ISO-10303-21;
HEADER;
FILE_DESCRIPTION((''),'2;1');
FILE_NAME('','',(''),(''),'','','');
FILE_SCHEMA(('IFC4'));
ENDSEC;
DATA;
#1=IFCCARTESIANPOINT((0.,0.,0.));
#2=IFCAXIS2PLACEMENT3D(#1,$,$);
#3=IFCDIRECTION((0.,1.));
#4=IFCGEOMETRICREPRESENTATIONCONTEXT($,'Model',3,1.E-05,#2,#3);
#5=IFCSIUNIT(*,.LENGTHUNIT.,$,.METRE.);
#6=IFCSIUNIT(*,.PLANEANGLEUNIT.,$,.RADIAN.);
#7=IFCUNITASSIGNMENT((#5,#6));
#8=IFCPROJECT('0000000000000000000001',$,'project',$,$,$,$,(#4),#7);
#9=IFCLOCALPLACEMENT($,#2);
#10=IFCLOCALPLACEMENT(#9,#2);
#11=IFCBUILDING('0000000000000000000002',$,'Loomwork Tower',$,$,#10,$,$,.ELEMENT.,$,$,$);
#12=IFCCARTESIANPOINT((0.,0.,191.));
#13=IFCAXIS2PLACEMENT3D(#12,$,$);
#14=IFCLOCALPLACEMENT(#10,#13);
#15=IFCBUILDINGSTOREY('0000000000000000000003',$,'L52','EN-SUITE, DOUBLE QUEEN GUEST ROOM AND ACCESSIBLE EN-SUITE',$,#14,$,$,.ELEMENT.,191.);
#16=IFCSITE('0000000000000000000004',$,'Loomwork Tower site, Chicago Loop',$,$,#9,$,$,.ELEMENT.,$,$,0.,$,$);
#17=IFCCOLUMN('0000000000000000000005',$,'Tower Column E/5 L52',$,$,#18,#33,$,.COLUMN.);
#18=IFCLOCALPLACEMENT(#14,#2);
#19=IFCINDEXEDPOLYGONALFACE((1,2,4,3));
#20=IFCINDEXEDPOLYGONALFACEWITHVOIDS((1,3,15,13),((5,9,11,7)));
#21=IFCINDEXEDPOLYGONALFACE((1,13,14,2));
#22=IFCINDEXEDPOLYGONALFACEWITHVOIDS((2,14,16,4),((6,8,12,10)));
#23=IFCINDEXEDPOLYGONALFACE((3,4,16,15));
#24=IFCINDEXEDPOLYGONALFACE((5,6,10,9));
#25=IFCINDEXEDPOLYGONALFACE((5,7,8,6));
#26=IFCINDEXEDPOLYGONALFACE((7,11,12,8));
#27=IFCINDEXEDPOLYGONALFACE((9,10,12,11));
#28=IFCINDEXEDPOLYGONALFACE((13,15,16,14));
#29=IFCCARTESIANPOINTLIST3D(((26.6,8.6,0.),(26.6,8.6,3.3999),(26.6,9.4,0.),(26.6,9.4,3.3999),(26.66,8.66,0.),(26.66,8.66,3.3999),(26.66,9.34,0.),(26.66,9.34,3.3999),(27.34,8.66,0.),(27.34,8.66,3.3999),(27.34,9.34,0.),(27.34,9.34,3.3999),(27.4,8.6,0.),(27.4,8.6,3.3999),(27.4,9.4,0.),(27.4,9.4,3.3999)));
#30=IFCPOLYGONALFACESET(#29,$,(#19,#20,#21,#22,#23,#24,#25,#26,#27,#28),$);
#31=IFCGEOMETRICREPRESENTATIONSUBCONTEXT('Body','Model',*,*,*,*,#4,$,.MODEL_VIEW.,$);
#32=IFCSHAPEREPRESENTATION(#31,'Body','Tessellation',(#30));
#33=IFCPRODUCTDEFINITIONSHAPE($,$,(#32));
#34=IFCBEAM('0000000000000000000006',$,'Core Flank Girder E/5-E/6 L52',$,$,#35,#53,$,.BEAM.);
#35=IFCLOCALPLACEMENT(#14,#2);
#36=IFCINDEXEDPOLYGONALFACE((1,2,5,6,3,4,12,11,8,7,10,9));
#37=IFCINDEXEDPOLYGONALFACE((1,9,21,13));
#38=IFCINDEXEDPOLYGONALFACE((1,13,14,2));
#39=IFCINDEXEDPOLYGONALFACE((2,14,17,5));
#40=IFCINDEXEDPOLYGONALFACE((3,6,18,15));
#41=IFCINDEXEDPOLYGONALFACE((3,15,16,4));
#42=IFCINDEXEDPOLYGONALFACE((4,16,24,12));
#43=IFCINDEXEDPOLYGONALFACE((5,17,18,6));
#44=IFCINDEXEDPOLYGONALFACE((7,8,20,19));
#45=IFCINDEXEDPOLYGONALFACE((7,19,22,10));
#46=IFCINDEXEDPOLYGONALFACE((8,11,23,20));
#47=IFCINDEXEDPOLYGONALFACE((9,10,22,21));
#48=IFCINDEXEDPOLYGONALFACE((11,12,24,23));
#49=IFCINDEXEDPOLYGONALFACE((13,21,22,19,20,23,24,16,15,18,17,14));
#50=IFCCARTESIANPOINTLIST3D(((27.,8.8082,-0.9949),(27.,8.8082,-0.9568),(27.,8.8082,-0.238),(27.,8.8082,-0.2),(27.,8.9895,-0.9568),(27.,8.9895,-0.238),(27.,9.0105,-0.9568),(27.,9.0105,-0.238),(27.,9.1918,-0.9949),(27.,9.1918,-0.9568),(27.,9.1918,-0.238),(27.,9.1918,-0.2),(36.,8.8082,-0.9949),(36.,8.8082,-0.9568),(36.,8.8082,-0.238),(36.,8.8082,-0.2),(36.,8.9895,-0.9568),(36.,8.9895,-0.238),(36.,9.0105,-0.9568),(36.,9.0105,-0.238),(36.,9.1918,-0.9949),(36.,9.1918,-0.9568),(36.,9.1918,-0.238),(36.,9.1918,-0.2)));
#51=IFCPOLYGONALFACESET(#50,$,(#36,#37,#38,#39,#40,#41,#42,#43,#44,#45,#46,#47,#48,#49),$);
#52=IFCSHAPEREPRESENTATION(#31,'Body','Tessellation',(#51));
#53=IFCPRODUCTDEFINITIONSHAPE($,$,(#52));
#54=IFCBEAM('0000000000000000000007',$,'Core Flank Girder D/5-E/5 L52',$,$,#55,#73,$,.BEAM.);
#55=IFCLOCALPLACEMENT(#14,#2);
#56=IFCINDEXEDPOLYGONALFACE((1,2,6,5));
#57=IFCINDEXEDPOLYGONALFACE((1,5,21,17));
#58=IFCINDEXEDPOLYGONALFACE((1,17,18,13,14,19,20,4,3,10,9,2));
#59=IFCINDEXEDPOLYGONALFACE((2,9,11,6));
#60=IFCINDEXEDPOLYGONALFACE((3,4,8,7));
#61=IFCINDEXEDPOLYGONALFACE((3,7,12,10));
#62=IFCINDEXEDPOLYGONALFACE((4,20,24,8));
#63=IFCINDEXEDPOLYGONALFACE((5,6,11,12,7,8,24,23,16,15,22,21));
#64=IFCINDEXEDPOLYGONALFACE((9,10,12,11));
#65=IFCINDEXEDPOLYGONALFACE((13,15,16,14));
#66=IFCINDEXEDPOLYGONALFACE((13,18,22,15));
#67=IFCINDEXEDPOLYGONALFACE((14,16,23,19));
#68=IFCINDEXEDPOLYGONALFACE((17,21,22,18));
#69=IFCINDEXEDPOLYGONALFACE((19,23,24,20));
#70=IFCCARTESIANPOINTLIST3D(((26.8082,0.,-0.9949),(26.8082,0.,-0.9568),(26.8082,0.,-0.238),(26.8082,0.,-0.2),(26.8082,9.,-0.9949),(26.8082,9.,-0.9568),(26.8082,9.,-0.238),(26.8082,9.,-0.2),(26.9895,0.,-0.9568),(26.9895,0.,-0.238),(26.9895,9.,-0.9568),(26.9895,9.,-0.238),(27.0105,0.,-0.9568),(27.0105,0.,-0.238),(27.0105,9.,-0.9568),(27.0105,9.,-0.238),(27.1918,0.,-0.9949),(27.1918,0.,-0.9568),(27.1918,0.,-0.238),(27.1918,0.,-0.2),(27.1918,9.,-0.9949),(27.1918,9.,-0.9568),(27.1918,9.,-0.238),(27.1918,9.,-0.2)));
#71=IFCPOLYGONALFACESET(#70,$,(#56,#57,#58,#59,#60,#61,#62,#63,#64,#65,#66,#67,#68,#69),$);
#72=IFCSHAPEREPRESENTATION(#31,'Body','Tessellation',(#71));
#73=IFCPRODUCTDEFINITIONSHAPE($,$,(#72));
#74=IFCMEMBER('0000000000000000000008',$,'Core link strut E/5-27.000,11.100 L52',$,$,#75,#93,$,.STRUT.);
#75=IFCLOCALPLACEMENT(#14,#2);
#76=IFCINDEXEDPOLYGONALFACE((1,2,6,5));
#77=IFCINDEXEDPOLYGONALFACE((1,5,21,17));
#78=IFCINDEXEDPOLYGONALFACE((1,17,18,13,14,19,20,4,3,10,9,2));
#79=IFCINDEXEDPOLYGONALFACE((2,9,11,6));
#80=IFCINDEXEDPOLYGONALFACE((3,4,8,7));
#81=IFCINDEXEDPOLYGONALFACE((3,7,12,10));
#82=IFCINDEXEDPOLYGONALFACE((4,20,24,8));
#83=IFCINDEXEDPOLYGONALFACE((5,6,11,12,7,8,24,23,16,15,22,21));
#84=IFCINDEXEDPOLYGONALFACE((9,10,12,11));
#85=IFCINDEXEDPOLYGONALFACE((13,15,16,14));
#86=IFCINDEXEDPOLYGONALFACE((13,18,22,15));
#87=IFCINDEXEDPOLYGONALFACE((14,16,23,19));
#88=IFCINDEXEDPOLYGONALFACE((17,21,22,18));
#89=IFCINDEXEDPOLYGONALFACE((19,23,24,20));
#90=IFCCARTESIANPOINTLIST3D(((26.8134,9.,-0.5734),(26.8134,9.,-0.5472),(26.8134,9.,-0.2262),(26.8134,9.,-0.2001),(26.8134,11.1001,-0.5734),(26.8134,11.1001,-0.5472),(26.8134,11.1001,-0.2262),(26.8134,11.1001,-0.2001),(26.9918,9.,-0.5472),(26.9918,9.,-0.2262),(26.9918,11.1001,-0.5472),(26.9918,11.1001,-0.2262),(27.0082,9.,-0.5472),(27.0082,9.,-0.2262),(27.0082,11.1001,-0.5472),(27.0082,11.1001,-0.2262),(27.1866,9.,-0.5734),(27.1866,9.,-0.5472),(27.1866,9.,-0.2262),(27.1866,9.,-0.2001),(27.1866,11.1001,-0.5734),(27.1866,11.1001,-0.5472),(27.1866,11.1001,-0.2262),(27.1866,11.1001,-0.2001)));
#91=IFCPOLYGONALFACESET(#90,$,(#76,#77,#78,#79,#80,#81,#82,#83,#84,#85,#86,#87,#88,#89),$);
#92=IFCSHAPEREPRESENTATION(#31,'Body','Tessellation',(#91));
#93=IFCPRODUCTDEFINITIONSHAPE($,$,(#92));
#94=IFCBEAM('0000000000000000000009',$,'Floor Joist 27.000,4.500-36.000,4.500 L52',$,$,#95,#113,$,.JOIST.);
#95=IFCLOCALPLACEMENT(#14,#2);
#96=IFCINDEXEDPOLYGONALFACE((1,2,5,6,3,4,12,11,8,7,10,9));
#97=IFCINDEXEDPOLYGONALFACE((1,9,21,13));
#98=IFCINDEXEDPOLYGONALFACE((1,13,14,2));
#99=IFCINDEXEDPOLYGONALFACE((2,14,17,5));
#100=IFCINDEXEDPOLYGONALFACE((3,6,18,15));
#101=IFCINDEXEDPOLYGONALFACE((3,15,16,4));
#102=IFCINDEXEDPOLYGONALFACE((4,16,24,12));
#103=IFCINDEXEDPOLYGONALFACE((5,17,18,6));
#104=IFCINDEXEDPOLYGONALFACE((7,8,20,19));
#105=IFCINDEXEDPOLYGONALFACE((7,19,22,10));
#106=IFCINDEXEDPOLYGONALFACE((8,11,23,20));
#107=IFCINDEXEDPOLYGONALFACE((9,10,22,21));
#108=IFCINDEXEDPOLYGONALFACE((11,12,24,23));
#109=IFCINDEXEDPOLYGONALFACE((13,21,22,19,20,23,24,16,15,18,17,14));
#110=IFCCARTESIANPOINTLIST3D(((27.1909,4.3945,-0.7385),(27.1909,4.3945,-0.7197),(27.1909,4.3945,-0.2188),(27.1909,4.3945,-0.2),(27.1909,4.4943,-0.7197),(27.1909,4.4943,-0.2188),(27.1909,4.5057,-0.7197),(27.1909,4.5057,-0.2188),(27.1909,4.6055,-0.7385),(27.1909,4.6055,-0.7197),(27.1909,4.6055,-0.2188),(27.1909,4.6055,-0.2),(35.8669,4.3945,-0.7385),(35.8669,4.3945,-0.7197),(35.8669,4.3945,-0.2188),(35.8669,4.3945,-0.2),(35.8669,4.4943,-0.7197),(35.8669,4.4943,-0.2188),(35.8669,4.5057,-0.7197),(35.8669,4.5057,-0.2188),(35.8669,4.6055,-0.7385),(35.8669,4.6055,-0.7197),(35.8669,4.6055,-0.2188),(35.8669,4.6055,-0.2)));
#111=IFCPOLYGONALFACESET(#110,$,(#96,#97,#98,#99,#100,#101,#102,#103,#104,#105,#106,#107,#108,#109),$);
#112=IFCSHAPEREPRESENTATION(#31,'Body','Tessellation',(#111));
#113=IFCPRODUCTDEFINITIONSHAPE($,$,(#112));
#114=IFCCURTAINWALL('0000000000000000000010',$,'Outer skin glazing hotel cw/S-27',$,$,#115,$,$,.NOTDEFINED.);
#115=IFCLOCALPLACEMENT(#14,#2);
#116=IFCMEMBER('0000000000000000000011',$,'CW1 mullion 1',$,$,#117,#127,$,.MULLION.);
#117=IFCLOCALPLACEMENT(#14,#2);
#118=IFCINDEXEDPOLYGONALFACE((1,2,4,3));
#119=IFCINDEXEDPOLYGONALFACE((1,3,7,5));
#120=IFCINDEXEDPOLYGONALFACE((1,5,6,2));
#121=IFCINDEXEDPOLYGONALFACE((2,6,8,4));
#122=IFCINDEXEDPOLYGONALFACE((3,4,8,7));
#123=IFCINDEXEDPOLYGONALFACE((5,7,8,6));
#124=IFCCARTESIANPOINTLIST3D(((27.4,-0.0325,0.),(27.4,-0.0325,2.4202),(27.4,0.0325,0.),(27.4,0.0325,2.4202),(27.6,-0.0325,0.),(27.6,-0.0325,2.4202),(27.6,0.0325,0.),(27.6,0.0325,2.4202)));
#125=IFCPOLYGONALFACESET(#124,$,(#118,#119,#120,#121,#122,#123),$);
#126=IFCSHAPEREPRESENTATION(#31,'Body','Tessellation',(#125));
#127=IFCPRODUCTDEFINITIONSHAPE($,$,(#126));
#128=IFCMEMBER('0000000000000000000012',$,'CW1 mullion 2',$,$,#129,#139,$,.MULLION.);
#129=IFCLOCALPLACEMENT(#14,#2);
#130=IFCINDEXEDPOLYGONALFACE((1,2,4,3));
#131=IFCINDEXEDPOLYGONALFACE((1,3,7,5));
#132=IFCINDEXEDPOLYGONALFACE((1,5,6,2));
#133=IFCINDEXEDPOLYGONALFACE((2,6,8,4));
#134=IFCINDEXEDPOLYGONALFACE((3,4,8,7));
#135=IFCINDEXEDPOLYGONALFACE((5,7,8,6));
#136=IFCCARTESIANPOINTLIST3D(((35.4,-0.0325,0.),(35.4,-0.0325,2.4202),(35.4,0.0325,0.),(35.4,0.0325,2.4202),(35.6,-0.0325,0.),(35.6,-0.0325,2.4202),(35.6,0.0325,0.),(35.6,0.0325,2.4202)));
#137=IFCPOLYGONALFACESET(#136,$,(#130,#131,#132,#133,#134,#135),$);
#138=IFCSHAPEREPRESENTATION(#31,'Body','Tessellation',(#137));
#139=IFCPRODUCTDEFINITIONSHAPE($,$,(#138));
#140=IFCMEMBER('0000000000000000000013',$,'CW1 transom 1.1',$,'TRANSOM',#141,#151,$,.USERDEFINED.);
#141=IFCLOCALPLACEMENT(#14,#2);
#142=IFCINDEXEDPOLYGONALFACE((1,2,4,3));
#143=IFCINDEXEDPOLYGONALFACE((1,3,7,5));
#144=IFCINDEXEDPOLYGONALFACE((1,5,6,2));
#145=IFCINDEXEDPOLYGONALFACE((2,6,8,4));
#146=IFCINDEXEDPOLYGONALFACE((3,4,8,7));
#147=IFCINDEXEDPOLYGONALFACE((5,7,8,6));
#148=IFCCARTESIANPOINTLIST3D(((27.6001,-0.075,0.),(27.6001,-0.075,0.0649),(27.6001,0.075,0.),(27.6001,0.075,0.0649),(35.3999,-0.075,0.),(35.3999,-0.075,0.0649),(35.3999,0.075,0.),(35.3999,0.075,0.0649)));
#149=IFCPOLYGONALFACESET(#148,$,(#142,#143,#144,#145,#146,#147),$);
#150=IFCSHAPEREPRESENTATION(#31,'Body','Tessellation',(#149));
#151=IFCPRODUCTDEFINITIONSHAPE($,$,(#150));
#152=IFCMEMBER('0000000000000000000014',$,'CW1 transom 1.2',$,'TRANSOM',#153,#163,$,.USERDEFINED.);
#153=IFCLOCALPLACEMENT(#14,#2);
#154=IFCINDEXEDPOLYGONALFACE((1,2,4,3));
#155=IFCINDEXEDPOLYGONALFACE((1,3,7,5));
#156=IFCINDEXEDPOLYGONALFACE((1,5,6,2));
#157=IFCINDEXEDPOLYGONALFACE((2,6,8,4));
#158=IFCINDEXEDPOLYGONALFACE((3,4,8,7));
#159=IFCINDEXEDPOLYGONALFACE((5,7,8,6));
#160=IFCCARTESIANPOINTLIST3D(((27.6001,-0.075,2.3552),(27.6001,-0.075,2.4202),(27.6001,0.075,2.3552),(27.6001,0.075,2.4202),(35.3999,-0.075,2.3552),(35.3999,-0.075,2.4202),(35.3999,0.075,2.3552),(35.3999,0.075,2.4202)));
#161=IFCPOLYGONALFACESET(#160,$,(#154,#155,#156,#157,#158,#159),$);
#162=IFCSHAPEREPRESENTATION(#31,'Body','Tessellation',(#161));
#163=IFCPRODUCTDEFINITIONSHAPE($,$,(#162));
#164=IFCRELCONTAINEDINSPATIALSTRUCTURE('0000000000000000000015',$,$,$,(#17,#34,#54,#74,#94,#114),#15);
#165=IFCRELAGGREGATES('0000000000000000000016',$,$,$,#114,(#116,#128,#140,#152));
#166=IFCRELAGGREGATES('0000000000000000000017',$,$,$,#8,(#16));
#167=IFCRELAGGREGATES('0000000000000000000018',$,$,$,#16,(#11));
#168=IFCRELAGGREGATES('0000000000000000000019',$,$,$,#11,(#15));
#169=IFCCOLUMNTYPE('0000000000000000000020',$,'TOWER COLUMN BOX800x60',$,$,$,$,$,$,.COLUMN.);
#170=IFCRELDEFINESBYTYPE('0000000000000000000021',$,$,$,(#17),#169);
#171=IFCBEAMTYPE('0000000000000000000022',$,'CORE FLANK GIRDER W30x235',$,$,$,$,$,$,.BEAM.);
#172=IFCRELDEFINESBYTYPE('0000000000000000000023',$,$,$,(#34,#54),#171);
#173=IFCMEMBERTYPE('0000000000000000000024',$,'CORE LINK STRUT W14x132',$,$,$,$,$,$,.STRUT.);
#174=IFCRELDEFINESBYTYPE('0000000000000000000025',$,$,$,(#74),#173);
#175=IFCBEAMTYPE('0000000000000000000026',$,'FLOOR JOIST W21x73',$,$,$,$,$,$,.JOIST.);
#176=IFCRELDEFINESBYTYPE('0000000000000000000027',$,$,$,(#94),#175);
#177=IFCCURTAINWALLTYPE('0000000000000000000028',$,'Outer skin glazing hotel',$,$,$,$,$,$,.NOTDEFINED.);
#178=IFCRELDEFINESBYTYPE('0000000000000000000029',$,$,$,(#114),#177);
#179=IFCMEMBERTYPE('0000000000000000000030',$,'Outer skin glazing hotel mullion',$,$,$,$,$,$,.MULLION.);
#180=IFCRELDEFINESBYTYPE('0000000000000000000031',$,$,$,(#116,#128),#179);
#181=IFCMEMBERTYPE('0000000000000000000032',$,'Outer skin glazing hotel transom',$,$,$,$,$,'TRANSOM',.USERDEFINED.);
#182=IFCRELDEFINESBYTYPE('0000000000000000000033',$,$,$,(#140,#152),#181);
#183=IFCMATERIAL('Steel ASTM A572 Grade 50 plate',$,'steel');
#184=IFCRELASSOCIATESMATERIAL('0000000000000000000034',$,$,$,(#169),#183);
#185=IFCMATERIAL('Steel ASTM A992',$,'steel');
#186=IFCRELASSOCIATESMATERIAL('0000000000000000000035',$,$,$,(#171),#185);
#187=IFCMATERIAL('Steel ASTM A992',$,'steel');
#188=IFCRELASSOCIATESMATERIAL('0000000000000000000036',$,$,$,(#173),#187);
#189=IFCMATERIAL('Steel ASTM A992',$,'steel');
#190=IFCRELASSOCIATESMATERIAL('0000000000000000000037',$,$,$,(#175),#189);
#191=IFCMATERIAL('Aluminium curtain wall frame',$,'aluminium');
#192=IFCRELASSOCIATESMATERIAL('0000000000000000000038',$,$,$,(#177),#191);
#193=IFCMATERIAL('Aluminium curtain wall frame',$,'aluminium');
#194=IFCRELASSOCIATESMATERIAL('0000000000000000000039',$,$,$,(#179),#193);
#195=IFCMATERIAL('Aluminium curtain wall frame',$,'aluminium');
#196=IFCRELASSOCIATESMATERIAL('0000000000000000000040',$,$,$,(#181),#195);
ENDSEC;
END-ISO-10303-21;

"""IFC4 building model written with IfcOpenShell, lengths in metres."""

from ifc_helpers import new_model, si_unit, direction, frame, origin, origin_2d, place, context, subcontext, project, spatial, rectangle, hollow_rectangle, i_section, extrude, material, material_profile, profile_set, type_object, element, aggregate, save


model = new_model("IFC4")

# Units and contexts
model_context = context("Model", 3, precision=1e-05, world=origin(), true_north=direction((0.0, 1.0)))
body_context = subcontext(model_context, "Body", "Model", "MODEL_VIEW")
ifc_project = project(units=[si_unit("LENGTHUNIT", "METRE"), si_unit("PLANEANGLEUNIT", "RADIAN")], contexts=[model_context])

# Site, building, storey
site_placement = place(None, origin())
site = spatial("IfcSite", under=ifc_project, at=site_placement, Name="Loomwork Tower site, Chicago Loop", CompositionType="ELEMENT", RefElevation=0.0)
building_placement = place(site_placement, origin())
building = spatial("IfcBuilding", under=site, at=building_placement, Name="Loomwork Tower", CompositionType="ELEMENT")
storey_placement = place(building_placement, frame((0.0, 0.0, 191.0)))
storey = spatial("IfcBuildingStorey", under=building, at=storey_placement, Name="L52", Description="EN-SUITE, DOUBLE QUEEN GUEST ROOM AND ACCESSIBLE EN-SUITE", CompositionType="ELEMENT", Elevation=191.0)

# Column
ifc_material_1 = material(Name="Steel ASTM A572 Grade 50 plate", Category="steel")
ifc_material_profile_1 = material_profile(ifc_material_1, hollow_rectangle(XDim=0.8, YDim=0.8, WallThickness=0.0601, at=origin_2d()), Name="BOX800x60")
ifc_profile_set_1 = profile_set([ifc_material_profile_1], Name="Steel ASTM A572 Grade 50 plate")
column_type = type_object("IfcColumnType", Name="TOWER COLUMN BOX800x60", PredefinedType="COLUMN", material=ifc_profile_set_1)
column_placement = place(storey_placement, frame((27.0, 9.0, 0.0), z_axis=(0.0, 0.0, 1.0), x_axis=(1.0, 0.0, 0.0)))
element("IfcColumn", 1, at=column_placement, inside=storey, type_object=column_type, Name="Tower Column E/5 L52", PredefinedType="COLUMN", context=body_context, shape_type="SweptSolid", body=[
    extrude(hollow_rectangle(XDim=0.8, YDim=0.8, WallThickness=0.0601, at=origin_2d()), origin(), (0.0, 0.0, 1.0), 3.3999),
])

# Beams
ifc_material_2 = material(Name="Steel ASTM A992", Category="steel")
ifc_material_profile_2 = material_profile(ifc_material_2, i_section(OverallWidth=0.3835, OverallDepth=0.7949, WebThickness=0.021, FlangeThickness=0.0381, at=origin_2d()), Name="W30x235")
ifc_profile_set_2 = profile_set([ifc_material_profile_2], Name="Steel ASTM A992")
beam_type_1 = type_object("IfcBeamType", Name="CORE FLANK GIRDER W30x235", PredefinedType="BEAM", material=ifc_profile_set_2)
for number, where, z_axis, x_axis, name in (
    (2, (27.0, 9.0, -0.5974), (1.0, 0.0, 0.0), (0.0, 1.0, 0.0), "Core Flank Girder E/5-E/6 L52"),
    (3, (27.0, 0.0, -0.5974), (0.0, 1.0, 0.0), (-1.0, 0.0, 0.0), "Core Flank Girder D/5-E/5 L52"),
):
    element("IfcBeam", number, at=place(storey_placement, frame(where, z_axis=z_axis, x_axis=x_axis)), inside=storey, type_object=beam_type_1, Name=name, PredefinedType="BEAM", context=body_context, shape_type="SweptSolid", body=[
        extrude(i_section(OverallWidth=0.3835, OverallDepth=0.7949, WebThickness=0.021, FlangeThickness=0.0381, at=origin_2d()), origin(), (0.0, 0.0, 1.0), 9.0),
    ])

# Member
ifc_material_3 = material(Name="Steel ASTM A992", Category="steel")
ifc_material_profile_3 = material_profile(ifc_material_3, i_section(OverallWidth=0.3733, OverallDepth=0.3733, WebThickness=0.0164, FlangeThickness=0.0261, at=origin_2d()), Name="W14x132")
ifc_profile_set_3 = profile_set([ifc_material_profile_3], Name="Steel ASTM A992")
member_type_1 = type_object("IfcMemberType", Name="CORE LINK STRUT W14x132", PredefinedType="STRUT", material=ifc_profile_set_3)
member_1_placement = place(storey_placement, frame((27.0, 9.0, -0.3867), z_axis=(0.0, 1.0, 0.0), x_axis=(-1.0, 0.0, 0.0)))
element("IfcMember", 4, at=member_1_placement, inside=storey, type_object=member_type_1, Name="Core link strut E/5-27.000,11.100 L52", PredefinedType="STRUT", context=body_context, shape_type="SweptSolid", body=[
    extrude(i_section(OverallWidth=0.3733, OverallDepth=0.3733, WebThickness=0.0164, FlangeThickness=0.0261, at=origin_2d()), origin(), (0.0, 0.0, 1.0), 2.1001),
])

# Beam
ifc_material_4 = material(Name="Steel ASTM A992", Category="steel")
ifc_material_profile_4 = material_profile(ifc_material_4, i_section(OverallWidth=0.2109, OverallDepth=0.5386, WebThickness=0.0115, FlangeThickness=0.0188, at=origin_2d()), Name="W21x73")
ifc_profile_set_4 = profile_set([ifc_material_profile_4], Name="Steel ASTM A992")
beam_type_2 = type_object("IfcBeamType", Name="FLOOR JOIST W21x73", PredefinedType="JOIST", material=ifc_profile_set_4)
beam_1_placement = place(storey_placement, frame((27.1909, 4.5, -0.4692), z_axis=(1.0, 0.0, 0.0), x_axis=(0.0, 1.0, 0.0)))
element("IfcBeam", 5, at=beam_1_placement, inside=storey, type_object=beam_type_2, Name="Floor Joist 27.000,4.500-36.000,4.500 L52", PredefinedType="JOIST", context=body_context, shape_type="SweptSolid", body=[
    extrude(i_section(OverallWidth=0.2109, OverallDepth=0.5386, WebThickness=0.0115, FlangeThickness=0.0188, at=origin_2d()), origin(), (0.0, 0.0, 1.0), 8.676),
])

# Curtain wall, members
ifc_material_5 = material(Name="Aluminium curtain wall frame", Category="aluminium")
curtain_wall_type = type_object("IfcCurtainWallType", Name="Outer skin glazing hotel", PredefinedType="NOTDEFINED", material=ifc_material_5)
curtain_wall_placement = place(storey_placement, origin())
curtain_wall = element("IfcCurtainWall", 6, at=curtain_wall_placement, inside=storey, type_object=curtain_wall_type, Name="Outer skin glazing hotel cw/S-27", PredefinedType="NOTDEFINED")
ifc_material_6 = material(Name="Aluminium curtain wall frame", Category="aluminium")
ifc_material_profile_5 = material_profile(ifc_material_6, rectangle(XDim=0.0649, YDim=0.2, at=origin_2d()), Name="AL 65x200")
ifc_profile_set_5 = profile_set([ifc_material_profile_5], Name="Aluminium curtain wall frame")
member_type_2 = type_object("IfcMemberType", Name="Outer skin glazing hotel mullion", PredefinedType="MULLION", material=ifc_profile_set_5)
member_2_placement = place(storey_placement, frame((27.5, 0.0, 0.0), z_axis=(0.0, 0.0, 1.0), x_axis=(0.0, 1.0, 0.0)))
member_2 = element("IfcMember", 7, at=member_2_placement, type_object=member_type_2, Name="CW1 mullion 1", PredefinedType="MULLION", context=body_context, shape_type="SweptSolid", body=[
    extrude(rectangle(XDim=0.0649, YDim=0.2, at=origin_2d()), origin(), (0.0, 0.0, 1.0), 2.4202),
])
member_3_placement = place(storey_placement, frame((35.5, 0.0, 0.0), z_axis=(0.0, 0.0, 1.0), x_axis=(0.0, 1.0, 0.0)))
member_3 = element("IfcMember", 8, at=member_3_placement, type_object=member_type_2, Name="CW1 mullion 2", PredefinedType="MULLION", context=body_context, shape_type="SweptSolid", body=[
    extrude(rectangle(XDim=0.0649, YDim=0.2, at=origin_2d()), origin(), (0.0, 0.0, 1.0), 2.4202),
])
ifc_material_7 = material(Name="Aluminium curtain wall frame", Category="aluminium")
ifc_material_profile_6 = material_profile(ifc_material_7, rectangle(XDim=0.1499, YDim=0.0649, at=origin_2d()), Name="AL 65x150")
ifc_profile_set_6 = profile_set([ifc_material_profile_6], Name="Aluminium curtain wall frame")
member_type_3 = type_object("IfcMemberType", Name="Outer skin glazing hotel transom", ElementType="TRANSOM", PredefinedType="USERDEFINED", material=ifc_profile_set_6)
member_4_placement = place(storey_placement, frame((27.6001, 0.0, 0.0325), z_axis=(1.0, 0.0, 0.0), x_axis=(0.0, 1.0, 0.0)))
member_4 = element("IfcMember", 9, at=member_4_placement, type_object=member_type_3, Name="CW1 transom 1.1", ObjectType="TRANSOM", PredefinedType="USERDEFINED", context=body_context, shape_type="SweptSolid", body=[
    extrude(rectangle(XDim=0.1499, YDim=0.0649, at=origin_2d()), origin(), (0.0, 0.0, 1.0), 7.7998),
])
member_5_placement = place(storey_placement, frame((27.6001, 0.0, 2.3877), z_axis=(1.0, 0.0, 0.0), x_axis=(0.0, 1.0, 0.0)))
member_5 = element("IfcMember", 10, at=member_5_placement, type_object=member_type_3, Name="CW1 transom 1.2", ObjectType="TRANSOM", PredefinedType="USERDEFINED", context=body_context, shape_type="SweptSolid", body=[
    extrude(rectangle(XDim=0.1499, YDim=0.0649, at=origin_2d()), origin(), (0.0, 0.0, 1.0), 7.7998),
])

aggregate(curtain_wall, [member_2, member_3, member_4, member_5])

save(model, "model.ifc")
